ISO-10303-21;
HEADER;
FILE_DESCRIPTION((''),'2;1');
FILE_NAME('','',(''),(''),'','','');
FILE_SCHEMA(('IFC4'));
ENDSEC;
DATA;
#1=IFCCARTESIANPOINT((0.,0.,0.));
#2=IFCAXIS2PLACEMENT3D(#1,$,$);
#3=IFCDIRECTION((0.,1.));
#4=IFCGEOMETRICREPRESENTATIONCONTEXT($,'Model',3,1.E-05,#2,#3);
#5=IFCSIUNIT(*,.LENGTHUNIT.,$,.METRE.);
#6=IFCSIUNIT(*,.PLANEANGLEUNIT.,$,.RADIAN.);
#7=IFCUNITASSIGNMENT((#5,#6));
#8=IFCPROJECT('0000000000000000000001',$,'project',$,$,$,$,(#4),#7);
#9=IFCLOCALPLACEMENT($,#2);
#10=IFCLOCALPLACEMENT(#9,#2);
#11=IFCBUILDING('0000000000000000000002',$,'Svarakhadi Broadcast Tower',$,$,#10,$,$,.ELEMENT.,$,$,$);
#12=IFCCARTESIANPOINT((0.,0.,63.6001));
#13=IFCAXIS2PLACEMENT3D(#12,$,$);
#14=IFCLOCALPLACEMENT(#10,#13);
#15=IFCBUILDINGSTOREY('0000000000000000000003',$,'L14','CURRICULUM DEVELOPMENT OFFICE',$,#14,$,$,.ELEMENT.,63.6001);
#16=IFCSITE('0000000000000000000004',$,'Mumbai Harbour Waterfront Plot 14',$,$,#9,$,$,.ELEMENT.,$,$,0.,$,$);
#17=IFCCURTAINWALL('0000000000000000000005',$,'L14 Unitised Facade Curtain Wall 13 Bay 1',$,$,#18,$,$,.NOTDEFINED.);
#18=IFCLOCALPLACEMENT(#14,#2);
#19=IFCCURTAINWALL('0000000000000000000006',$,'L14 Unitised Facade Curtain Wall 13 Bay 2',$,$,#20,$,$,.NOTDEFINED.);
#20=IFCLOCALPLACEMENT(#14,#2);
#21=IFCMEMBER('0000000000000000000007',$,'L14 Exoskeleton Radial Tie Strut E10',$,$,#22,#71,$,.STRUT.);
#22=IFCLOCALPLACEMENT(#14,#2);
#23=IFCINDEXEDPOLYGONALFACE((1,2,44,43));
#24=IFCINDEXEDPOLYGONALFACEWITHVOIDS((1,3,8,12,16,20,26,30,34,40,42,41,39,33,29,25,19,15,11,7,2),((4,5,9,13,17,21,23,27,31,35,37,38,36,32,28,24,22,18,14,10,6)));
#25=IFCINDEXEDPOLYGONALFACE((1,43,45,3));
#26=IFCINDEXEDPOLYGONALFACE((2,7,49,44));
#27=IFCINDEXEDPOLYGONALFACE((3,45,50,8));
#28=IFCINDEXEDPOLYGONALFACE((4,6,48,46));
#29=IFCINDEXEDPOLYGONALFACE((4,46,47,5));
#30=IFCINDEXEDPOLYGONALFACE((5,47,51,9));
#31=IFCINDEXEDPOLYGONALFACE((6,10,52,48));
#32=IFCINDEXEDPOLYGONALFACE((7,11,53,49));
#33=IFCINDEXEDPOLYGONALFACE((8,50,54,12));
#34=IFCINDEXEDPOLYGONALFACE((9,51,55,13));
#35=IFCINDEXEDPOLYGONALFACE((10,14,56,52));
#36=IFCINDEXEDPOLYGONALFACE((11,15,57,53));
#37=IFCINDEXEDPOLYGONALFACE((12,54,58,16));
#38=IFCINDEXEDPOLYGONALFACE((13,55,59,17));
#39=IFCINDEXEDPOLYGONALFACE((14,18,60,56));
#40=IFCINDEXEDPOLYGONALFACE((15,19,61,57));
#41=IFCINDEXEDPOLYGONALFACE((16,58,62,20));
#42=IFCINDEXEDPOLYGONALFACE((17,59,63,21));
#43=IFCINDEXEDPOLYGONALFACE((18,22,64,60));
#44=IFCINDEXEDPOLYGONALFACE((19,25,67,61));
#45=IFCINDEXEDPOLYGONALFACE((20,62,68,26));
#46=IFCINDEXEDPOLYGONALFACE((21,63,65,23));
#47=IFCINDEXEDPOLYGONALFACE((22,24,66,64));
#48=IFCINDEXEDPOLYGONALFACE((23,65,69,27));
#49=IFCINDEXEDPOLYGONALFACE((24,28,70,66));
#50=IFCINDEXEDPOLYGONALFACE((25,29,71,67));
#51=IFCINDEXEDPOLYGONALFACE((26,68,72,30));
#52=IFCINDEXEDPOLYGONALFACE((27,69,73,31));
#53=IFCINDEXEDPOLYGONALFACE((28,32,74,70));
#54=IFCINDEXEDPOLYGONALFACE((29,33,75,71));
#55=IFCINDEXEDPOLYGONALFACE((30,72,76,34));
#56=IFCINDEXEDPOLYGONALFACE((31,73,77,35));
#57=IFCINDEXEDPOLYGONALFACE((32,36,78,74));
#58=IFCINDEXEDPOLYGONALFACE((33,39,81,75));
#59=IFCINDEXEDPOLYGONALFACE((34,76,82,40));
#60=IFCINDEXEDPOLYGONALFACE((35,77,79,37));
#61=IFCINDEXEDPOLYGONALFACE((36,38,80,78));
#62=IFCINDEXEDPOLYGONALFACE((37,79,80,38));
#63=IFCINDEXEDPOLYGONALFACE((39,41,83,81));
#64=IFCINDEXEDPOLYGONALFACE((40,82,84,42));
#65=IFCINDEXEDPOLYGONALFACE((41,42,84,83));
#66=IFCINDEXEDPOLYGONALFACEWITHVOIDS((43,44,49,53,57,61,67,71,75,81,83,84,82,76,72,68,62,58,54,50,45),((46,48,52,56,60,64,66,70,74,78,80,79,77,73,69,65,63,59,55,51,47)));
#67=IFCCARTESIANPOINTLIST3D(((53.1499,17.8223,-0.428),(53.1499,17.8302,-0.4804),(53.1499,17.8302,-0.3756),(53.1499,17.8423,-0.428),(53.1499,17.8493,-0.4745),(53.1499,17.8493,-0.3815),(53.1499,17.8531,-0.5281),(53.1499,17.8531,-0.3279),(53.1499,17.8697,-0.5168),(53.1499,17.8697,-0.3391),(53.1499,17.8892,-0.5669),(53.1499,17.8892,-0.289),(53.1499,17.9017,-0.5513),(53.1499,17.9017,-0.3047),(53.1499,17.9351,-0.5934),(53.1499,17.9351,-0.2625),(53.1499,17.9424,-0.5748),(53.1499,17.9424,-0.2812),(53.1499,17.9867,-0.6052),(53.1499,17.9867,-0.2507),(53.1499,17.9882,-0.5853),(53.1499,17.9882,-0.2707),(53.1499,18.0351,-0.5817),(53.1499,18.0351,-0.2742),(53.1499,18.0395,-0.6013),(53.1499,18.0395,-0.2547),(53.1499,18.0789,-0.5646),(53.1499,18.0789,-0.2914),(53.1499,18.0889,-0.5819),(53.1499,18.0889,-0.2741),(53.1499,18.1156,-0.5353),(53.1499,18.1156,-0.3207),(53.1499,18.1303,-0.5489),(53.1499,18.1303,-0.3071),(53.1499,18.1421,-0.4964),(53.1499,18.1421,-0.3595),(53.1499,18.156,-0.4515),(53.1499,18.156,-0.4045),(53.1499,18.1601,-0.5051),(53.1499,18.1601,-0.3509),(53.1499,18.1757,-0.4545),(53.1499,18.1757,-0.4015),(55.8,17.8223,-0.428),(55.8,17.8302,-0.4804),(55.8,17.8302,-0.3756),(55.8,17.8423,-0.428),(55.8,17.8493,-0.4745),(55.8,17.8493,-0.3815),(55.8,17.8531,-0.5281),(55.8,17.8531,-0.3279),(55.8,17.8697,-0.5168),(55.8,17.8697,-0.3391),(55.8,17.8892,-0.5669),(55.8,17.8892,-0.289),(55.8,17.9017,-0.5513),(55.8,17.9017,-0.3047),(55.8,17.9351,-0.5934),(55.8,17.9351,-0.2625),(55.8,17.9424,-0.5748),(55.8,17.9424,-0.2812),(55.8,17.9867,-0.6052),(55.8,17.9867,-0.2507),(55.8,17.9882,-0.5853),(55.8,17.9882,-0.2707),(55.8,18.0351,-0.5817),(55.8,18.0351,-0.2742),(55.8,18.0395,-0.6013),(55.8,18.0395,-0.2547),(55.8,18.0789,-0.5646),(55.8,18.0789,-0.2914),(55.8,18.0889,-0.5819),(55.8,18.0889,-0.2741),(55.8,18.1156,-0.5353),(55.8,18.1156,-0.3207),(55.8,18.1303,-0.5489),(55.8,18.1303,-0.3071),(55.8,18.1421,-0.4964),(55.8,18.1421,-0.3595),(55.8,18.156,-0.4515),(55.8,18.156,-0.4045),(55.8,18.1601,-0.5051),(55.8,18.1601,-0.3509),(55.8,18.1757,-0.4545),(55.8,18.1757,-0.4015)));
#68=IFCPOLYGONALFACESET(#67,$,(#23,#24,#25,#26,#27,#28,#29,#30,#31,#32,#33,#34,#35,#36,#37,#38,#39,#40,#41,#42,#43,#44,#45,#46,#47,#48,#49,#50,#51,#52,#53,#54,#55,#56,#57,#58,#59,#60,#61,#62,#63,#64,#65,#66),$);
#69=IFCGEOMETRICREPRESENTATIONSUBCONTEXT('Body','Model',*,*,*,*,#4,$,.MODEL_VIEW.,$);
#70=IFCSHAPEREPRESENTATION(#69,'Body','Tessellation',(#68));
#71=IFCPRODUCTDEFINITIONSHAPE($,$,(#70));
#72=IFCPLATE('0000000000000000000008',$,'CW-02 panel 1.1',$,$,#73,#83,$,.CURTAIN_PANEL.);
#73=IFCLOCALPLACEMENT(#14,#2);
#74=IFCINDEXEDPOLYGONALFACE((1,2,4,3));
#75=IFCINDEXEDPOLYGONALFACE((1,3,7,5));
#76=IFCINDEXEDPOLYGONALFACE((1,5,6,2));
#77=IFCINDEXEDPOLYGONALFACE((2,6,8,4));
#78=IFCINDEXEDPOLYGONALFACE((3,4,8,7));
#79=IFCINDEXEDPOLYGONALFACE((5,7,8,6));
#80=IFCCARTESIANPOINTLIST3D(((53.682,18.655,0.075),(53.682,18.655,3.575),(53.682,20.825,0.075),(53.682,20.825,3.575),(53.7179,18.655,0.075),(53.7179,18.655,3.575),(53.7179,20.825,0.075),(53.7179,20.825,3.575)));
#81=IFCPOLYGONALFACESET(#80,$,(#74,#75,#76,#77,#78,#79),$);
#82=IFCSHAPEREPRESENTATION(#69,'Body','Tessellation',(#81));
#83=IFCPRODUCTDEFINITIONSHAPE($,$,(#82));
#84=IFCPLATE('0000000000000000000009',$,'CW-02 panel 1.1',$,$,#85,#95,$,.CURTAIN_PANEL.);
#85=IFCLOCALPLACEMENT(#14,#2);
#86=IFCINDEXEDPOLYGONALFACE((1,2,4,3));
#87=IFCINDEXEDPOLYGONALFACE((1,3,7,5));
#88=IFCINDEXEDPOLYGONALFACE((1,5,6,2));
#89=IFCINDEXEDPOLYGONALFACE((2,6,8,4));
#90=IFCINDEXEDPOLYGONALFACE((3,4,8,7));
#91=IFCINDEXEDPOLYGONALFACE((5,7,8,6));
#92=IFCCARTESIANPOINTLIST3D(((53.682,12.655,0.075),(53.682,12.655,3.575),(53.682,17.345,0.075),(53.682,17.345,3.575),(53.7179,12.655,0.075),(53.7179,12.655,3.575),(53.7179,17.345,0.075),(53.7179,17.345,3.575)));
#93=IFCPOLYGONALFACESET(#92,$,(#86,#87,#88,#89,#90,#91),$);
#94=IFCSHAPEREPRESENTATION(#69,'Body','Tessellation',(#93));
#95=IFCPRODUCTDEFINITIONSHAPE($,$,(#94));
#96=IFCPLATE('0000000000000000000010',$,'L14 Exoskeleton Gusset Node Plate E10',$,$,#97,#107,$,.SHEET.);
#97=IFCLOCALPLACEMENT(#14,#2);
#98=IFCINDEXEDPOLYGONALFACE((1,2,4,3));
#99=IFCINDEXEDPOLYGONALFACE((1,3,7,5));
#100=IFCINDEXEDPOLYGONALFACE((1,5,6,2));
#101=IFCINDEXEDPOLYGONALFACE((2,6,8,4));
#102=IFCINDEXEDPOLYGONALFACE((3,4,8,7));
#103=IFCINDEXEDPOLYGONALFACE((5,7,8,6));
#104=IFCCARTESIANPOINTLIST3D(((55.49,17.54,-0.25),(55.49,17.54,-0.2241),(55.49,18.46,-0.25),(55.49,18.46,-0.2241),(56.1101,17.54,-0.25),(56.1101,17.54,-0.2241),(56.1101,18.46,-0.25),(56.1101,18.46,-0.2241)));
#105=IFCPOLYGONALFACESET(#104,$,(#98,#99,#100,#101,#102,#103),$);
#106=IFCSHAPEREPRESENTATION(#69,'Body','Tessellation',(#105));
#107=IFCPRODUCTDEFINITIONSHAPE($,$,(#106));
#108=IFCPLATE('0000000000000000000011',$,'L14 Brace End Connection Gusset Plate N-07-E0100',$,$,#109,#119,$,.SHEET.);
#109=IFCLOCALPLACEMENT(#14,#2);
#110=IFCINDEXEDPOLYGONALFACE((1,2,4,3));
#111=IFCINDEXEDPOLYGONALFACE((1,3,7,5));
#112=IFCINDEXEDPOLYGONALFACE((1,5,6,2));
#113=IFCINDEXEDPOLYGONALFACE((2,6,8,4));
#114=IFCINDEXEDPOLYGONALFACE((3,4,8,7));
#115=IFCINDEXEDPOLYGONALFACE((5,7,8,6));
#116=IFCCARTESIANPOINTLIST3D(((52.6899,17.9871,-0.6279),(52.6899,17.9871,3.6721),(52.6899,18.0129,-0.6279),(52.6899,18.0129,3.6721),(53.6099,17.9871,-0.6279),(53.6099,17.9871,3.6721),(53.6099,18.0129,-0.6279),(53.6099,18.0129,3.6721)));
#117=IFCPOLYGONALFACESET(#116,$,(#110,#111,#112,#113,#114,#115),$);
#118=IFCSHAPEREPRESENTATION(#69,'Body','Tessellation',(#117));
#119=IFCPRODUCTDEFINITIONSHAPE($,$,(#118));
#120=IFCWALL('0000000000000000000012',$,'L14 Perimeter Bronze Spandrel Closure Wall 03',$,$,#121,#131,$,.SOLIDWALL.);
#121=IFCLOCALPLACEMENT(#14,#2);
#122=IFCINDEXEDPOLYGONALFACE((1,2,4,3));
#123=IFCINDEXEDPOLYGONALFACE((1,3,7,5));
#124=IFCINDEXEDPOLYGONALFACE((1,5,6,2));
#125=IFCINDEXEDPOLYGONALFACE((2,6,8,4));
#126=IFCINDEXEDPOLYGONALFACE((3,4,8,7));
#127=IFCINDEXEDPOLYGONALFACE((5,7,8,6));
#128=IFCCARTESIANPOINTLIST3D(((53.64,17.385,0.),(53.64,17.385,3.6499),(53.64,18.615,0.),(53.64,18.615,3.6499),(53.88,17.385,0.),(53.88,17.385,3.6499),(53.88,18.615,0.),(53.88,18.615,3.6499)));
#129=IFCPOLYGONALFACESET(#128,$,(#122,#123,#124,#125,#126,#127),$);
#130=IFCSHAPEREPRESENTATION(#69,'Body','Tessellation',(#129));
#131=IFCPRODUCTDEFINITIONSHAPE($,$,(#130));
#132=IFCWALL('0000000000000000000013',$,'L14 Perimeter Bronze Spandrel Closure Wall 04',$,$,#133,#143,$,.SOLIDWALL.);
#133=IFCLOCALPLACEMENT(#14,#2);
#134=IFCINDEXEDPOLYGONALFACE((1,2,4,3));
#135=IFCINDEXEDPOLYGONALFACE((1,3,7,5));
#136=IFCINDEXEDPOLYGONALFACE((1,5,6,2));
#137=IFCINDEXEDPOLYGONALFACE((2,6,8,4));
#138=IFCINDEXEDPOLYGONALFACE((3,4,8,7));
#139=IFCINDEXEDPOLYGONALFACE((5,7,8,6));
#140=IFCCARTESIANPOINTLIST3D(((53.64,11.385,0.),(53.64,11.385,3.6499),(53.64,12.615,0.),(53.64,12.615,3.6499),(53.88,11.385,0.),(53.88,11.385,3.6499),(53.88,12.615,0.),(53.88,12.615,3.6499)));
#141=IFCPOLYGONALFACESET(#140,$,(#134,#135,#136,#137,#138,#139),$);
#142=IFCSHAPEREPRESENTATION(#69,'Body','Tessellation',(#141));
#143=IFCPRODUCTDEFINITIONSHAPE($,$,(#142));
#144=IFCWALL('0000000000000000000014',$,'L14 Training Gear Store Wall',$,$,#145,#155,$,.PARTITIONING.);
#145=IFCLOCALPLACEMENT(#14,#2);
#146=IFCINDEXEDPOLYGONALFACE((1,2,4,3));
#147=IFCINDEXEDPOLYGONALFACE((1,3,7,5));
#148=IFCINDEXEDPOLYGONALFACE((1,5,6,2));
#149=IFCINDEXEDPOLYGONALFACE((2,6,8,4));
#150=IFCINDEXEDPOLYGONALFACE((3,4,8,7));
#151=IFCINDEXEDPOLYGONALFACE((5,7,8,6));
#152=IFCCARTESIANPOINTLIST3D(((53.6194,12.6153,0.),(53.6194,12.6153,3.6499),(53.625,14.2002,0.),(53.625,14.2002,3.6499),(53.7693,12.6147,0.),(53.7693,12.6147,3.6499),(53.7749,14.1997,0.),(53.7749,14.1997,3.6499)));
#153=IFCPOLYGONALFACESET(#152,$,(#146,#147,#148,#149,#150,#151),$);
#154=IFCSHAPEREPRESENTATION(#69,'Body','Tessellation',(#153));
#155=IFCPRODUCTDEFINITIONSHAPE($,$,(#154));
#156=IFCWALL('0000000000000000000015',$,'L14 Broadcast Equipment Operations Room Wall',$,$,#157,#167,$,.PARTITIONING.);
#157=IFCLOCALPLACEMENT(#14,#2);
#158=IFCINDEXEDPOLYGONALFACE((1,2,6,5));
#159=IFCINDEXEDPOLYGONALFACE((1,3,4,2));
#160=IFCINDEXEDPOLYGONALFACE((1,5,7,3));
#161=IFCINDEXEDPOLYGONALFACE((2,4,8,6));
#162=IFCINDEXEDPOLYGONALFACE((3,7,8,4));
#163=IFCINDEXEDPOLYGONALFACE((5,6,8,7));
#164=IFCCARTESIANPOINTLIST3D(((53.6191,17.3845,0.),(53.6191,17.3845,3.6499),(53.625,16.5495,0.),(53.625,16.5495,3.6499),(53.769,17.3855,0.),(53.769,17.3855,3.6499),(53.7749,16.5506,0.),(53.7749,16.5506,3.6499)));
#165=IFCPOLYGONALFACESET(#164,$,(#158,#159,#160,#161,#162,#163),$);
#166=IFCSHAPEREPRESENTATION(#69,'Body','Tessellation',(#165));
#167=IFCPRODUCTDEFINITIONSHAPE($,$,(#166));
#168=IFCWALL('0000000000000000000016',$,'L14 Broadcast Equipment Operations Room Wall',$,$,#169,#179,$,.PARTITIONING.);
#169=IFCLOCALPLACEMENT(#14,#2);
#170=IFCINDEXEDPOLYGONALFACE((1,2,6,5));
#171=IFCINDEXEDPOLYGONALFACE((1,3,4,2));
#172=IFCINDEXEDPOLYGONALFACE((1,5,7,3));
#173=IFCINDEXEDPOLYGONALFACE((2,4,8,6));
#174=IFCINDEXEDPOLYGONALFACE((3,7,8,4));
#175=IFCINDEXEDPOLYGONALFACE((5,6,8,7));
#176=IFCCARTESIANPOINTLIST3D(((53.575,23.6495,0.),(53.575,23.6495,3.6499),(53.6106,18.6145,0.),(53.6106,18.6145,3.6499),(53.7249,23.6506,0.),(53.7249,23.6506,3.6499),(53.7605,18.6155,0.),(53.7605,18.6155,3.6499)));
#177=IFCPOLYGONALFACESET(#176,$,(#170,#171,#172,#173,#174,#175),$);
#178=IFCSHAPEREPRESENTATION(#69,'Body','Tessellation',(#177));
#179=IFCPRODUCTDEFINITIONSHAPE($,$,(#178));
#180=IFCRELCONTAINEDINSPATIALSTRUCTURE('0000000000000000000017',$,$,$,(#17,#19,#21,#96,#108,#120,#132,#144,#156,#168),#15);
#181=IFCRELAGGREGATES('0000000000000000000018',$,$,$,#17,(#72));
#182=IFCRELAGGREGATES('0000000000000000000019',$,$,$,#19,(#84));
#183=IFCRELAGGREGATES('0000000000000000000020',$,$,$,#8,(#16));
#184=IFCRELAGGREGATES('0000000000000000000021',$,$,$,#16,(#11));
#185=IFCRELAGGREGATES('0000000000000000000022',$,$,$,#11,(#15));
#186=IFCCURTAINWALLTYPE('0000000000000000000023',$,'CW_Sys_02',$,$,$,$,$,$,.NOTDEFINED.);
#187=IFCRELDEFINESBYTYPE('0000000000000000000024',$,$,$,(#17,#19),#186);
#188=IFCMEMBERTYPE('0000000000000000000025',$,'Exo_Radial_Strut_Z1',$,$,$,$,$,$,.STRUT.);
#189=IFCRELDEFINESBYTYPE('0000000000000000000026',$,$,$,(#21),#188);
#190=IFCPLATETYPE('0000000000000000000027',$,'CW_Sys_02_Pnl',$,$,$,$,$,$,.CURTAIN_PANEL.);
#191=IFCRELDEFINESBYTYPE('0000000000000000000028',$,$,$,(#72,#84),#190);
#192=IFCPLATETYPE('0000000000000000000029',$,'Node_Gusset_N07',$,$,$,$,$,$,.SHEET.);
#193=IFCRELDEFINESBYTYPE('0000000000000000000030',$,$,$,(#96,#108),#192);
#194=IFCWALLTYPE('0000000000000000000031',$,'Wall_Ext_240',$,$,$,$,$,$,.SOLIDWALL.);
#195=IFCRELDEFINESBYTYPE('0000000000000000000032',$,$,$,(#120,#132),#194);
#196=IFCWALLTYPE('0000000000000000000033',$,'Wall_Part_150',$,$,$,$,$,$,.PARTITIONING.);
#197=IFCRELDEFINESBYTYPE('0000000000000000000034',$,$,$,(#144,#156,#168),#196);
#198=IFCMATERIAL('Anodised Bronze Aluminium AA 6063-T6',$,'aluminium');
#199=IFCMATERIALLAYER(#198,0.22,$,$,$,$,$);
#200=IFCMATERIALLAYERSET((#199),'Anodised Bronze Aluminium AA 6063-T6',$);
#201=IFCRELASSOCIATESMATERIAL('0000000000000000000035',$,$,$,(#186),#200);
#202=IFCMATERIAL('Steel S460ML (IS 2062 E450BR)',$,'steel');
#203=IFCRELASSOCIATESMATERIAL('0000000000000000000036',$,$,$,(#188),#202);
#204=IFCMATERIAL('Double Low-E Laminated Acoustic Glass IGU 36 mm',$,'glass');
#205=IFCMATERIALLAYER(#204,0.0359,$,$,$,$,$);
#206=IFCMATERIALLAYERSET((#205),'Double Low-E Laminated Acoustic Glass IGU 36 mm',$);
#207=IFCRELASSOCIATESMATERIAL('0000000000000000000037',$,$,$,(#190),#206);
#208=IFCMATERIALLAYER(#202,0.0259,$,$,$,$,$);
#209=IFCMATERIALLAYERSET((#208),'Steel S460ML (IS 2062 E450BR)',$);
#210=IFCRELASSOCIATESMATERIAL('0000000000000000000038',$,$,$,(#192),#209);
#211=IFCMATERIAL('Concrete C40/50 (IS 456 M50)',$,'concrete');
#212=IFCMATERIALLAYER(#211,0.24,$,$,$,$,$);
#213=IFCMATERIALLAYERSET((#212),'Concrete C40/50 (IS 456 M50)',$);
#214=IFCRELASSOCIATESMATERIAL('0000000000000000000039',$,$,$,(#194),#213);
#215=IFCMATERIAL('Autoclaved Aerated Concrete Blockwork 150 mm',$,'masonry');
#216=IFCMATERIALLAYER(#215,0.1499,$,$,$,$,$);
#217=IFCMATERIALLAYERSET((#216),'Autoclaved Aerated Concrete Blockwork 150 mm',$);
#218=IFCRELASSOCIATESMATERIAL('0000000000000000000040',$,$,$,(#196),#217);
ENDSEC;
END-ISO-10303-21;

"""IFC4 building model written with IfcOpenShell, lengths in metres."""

from ifc_helpers import new_model, si_unit, direction, frame, frame_2d, origin, origin_2d, place, context, subcontext, project, spatial, rectangle, hollow_circle, extrude, material, layer, layer_set, material_profile, profile_set, type_object, element, aggregate, save


model = new_model("IFC4")

# Units and contexts
model_context = context("Model", 3, precision=1e-05, world=origin(), true_north=direction((0.0, 1.0)))
body_context = subcontext(model_context, "Body", "Model", "MODEL_VIEW")
ifc_project = project(units=[si_unit("LENGTHUNIT", "METRE"), si_unit("PLANEANGLEUNIT", "RADIAN")], contexts=[model_context])

# Site, building, storey
site_placement = place(None, origin())
site = spatial("IfcSite", under=ifc_project, at=site_placement, Name="Mumbai Harbour Waterfront Plot 14", CompositionType="ELEMENT", RefElevation=0.0)
building_placement = place(site_placement, origin())
building = spatial("IfcBuilding", under=site, at=building_placement, Name="Svarakhadi Broadcast Tower", CompositionType="ELEMENT")
storey_placement = place(building_placement, frame((0.0, 0.0, 63.6001)))
storey = spatial("IfcBuildingStorey", under=building, at=storey_placement, Name="L14", Description="CURRICULUM DEVELOPMENT OFFICE", CompositionType="ELEMENT", Elevation=63.6001)

# Curtain wall
ifc_material_1 = material(Name="Anodised Bronze Aluminium AA 6063-T6", Category="aluminium")
ifc_layer_1 = layer(ifc_material_1, 0.22)
ifc_layer_set_1 = layer_set([ifc_layer_1], Name="Anodised Bronze Aluminium AA 6063-T6")
curtain_wall_type = type_object("IfcCurtainWallType", Name="CW_Sys_02", PredefinedType="NOTDEFINED", material=ifc_layer_set_1)
curtain_wall_1_placement = place(storey_placement, origin())
curtain_wall_1 = element("IfcCurtainWall", 1, at=curtain_wall_1_placement, inside=storey, type_object=curtain_wall_type, Name="L14 Unitised Facade Curtain Wall 13 Bay 1", PredefinedType="NOTDEFINED")

# Curtain wall
curtain_wall_2_placement = place(storey_placement, origin())
curtain_wall_2 = element("IfcCurtainWall", 2, at=curtain_wall_2_placement, inside=storey, type_object=curtain_wall_type, Name="L14 Unitised Facade Curtain Wall 13 Bay 2", PredefinedType="NOTDEFINED")

# Member
ifc_material_2 = material(Name="Steel S460ML (IS 2062 E450BR)", Category="steel")
ifc_material_profile_1 = material_profile(ifc_material_2, hollow_circle(Radius=0.1777, WallThickness=0.02, at=origin_2d()), Name="CHS 355.6x20")
ifc_profile_set_1 = profile_set([ifc_material_profile_1], Name="Steel S460ML (IS 2062 E450BR)")
member_type_1 = type_object("IfcMemberType", Name="Exo_Radial_Strut_Z1", PredefinedType="STRUT", material=ifc_profile_set_1)
member_1_placement = place(storey_placement, frame((55.8, 18.0, -0.428), z_axis=(-1.0, 0.0, 0.0), x_axis=(0.0, -1.0, 0.0)))
element("IfcMember", 3, at=member_1_placement, inside=storey, type_object=member_type_1, Name="L14 Exoskeleton Radial Tie Strut E10", PredefinedType="STRUT", context=body_context, shape_type="SweptSolid", body=[
    extrude(hollow_circle(Radius=0.1777, WallThickness=0.02, at=origin_2d()), origin(), (0.0, 0.0, 1.0), 2.6501),
])

# Plates
ifc_material_3 = material(Name="Double Low-E Laminated Acoustic Glass IGU 36 mm", Category="glass")
ifc_layer_2 = layer(ifc_material_3, 0.0359)
ifc_layer_set_2 = layer_set([ifc_layer_2], Name="Double Low-E Laminated Acoustic Glass IGU 36 mm")
plate_type_1 = type_object("IfcPlateType", Name="CW_Sys_02_Pnl", PredefinedType="CURTAIN_PANEL", material=ifc_layer_set_2)
plate_1_placement = place(storey_placement, frame((53.7, 19.74, 0.075), z_axis=(0.0, 0.0, 1.0), x_axis=(0.0, -1.0, 0.0)))
plate_1 = element("IfcPlate", 4, at=plate_1_placement, type_object=plate_type_1, Name="CW-02 panel 1.1", PredefinedType="CURTAIN_PANEL", context=body_context, shape_type="SweptSolid", body=[
    extrude(rectangle(XDim=2.1699, YDim=0.0359, at=origin_2d()), origin(), (0.0, 0.0, 1.0), 3.5),
])
aggregate(curtain_wall_1, [plate_1])
plate_2_placement = place(storey_placement, frame((53.7, 15.0, 0.075), z_axis=(0.0, 0.0, 1.0), x_axis=(0.0, -1.0, 0.0)))
plate_2 = element("IfcPlate", 5, at=plate_2_placement, type_object=plate_type_1, Name="CW-02 panel 1.1", PredefinedType="CURTAIN_PANEL", context=body_context, shape_type="SweptSolid", body=[
    extrude(rectangle(XDim=4.6899, YDim=0.0359, at=origin_2d()), origin(), (0.0, 0.0, 1.0), 3.5),
])
aggregate(curtain_wall_2, [plate_2])

# Plates
ifc_layer_3 = layer(ifc_material_2, 0.0259)
ifc_layer_set_3 = layer_set([ifc_layer_3], Name="Steel S460ML (IS 2062 E450BR)")
plate_type_2 = type_object("IfcPlateType", Name="Node_Gusset_N07", PredefinedType="SHEET", material=ifc_layer_set_3)
plate_3_placement = place(storey_placement, frame((55.8, 18.0, -0.25), z_axis=(0.0, 0.0, 1.0), x_axis=(0.0, 1.0, 0.0)))
element("IfcPlate", 6, at=plate_3_placement, inside=storey, type_object=plate_type_2, Name="L14 Exoskeleton Gusset Node Plate E10", PredefinedType="SHEET", context=body_context, shape_type="SweptSolid", body=[
    extrude(rectangle(XDim=0.9199, YDim=0.6201, at=origin_2d()), origin(), (0.0, 0.0, 1.0), 0.0259),
])
plate_4_placement = place(storey_placement, frame((53.1499, 18.0, -0.6279), z_axis=(0.0, 0.0, 1.0), x_axis=(1.0, 0.0, 0.0)))
element("IfcPlate", 7, at=plate_4_placement, inside=storey, type_object=plate_type_2, Name="L14 Brace End Connection Gusset Plate N-07-E0100", PredefinedType="SHEET", context=body_context, shape_type="SweptSolid", body=[
    extrude(rectangle(XDim=0.9199, YDim=0.0259, at=origin_2d()), origin(), (0.0, 0.0, 1.0), 4.3),
])

# Walls
ifc_material_4 = material(Name="Concrete C40/50 (IS 456 M50)", Category="concrete")
ifc_layer_4 = layer(ifc_material_4, 0.24)
ifc_layer_set_4 = layer_set([ifc_layer_4], Name="Concrete C40/50 (IS 456 M50)")
wall_type_1 = type_object("IfcWallType", Name="Wall_Ext_240", PredefinedType="SOLIDWALL", material=ifc_layer_set_4)
for number, where, z_axis, x_axis, name in (
    (8, (53.76, 18.615, 0.0), (0.0, 0.0, 1.0), (0.0, -1.0, 0.0), "L14 Perimeter Bronze Spandrel Closure Wall 03"),
    (9, (53.76, 12.615, 0.0), (0.0, 0.0, 1.0), (0.0, -1.0, 0.0), "L14 Perimeter Bronze Spandrel Closure Wall 04"),
):
    element("IfcWall", number, at=place(storey_placement, frame(where, z_axis=z_axis, x_axis=x_axis)), inside=storey, type_object=wall_type_1, Name=name, PredefinedType="SOLIDWALL", context=body_context, shape_type="SweptSolid", body=[
        extrude(rectangle(XDim=1.23, YDim=0.24, at=frame_2d((0.615, 0.0))), origin(), (0.0, 0.0, 1.0), 3.6499),
    ])
ifc_material_5 = material(Name="Autoclaved Aerated Concrete Blockwork 150 mm", Category="masonry")
ifc_layer_5 = layer(ifc_material_5, 0.1499)
ifc_layer_set_5 = layer_set([ifc_layer_5], Name="Autoclaved Aerated Concrete Blockwork 150 mm")
wall_type_2 = type_object("IfcWallType", Name="Wall_Part_150", PredefinedType="PARTITIONING", material=ifc_layer_set_5)
wall_1_placement = place(storey_placement, frame((53.6943, 12.615, 0.0), z_axis=(0.0, 0.0, 1.0), x_axis=(0.003543, 0.999994, 0.0)))
element("IfcWall", 10, at=wall_1_placement, inside=storey, type_object=wall_type_2, Name="L14 Training Gear Store Wall", PredefinedType="PARTITIONING", context=body_context, shape_type="SweptSolid", body=[
    extrude(rectangle(XDim=1.585, YDim=0.1499, at=frame_2d((0.7925, 0.0))), origin(), (0.0, 0.0, 1.0), 3.6499),
])
wall_2_placement = place(storey_placement, frame((53.7, 16.55, 0.0), z_axis=(0.0, 0.0, 1.0), x_axis=(-0.007017, 0.999975, 0.0)))
element("IfcWall", 11, at=wall_2_placement, inside=storey, type_object=wall_type_2, Name="L14 Broadcast Equipment Operations Room Wall", PredefinedType="PARTITIONING", context=body_context, shape_type="SweptSolid", body=[
    extrude(rectangle(XDim=0.835, YDim=0.1499, at=frame_2d((0.4175, 0.0))), origin(), (0.0, 0.0, 1.0), 3.6499),
])
wall_3_placement = place(storey_placement, frame((53.6855, 18.615, 0.0), z_axis=(0.0, 0.0, 1.0), x_axis=(-0.007079, 0.999975, 0.0)))
element("IfcWall", 12, at=wall_3_placement, inside=storey, type_object=wall_type_2, Name="L14 Broadcast Equipment Operations Room Wall", PredefinedType="PARTITIONING", context=body_context, shape_type="SweptSolid", body=[
    extrude(rectangle(XDim=5.0352, YDim=0.1499, at=frame_2d((2.5176, 0.0))), origin(), (0.0, 0.0, 1.0), 3.6499),
])

save(model, "model.ifc")
